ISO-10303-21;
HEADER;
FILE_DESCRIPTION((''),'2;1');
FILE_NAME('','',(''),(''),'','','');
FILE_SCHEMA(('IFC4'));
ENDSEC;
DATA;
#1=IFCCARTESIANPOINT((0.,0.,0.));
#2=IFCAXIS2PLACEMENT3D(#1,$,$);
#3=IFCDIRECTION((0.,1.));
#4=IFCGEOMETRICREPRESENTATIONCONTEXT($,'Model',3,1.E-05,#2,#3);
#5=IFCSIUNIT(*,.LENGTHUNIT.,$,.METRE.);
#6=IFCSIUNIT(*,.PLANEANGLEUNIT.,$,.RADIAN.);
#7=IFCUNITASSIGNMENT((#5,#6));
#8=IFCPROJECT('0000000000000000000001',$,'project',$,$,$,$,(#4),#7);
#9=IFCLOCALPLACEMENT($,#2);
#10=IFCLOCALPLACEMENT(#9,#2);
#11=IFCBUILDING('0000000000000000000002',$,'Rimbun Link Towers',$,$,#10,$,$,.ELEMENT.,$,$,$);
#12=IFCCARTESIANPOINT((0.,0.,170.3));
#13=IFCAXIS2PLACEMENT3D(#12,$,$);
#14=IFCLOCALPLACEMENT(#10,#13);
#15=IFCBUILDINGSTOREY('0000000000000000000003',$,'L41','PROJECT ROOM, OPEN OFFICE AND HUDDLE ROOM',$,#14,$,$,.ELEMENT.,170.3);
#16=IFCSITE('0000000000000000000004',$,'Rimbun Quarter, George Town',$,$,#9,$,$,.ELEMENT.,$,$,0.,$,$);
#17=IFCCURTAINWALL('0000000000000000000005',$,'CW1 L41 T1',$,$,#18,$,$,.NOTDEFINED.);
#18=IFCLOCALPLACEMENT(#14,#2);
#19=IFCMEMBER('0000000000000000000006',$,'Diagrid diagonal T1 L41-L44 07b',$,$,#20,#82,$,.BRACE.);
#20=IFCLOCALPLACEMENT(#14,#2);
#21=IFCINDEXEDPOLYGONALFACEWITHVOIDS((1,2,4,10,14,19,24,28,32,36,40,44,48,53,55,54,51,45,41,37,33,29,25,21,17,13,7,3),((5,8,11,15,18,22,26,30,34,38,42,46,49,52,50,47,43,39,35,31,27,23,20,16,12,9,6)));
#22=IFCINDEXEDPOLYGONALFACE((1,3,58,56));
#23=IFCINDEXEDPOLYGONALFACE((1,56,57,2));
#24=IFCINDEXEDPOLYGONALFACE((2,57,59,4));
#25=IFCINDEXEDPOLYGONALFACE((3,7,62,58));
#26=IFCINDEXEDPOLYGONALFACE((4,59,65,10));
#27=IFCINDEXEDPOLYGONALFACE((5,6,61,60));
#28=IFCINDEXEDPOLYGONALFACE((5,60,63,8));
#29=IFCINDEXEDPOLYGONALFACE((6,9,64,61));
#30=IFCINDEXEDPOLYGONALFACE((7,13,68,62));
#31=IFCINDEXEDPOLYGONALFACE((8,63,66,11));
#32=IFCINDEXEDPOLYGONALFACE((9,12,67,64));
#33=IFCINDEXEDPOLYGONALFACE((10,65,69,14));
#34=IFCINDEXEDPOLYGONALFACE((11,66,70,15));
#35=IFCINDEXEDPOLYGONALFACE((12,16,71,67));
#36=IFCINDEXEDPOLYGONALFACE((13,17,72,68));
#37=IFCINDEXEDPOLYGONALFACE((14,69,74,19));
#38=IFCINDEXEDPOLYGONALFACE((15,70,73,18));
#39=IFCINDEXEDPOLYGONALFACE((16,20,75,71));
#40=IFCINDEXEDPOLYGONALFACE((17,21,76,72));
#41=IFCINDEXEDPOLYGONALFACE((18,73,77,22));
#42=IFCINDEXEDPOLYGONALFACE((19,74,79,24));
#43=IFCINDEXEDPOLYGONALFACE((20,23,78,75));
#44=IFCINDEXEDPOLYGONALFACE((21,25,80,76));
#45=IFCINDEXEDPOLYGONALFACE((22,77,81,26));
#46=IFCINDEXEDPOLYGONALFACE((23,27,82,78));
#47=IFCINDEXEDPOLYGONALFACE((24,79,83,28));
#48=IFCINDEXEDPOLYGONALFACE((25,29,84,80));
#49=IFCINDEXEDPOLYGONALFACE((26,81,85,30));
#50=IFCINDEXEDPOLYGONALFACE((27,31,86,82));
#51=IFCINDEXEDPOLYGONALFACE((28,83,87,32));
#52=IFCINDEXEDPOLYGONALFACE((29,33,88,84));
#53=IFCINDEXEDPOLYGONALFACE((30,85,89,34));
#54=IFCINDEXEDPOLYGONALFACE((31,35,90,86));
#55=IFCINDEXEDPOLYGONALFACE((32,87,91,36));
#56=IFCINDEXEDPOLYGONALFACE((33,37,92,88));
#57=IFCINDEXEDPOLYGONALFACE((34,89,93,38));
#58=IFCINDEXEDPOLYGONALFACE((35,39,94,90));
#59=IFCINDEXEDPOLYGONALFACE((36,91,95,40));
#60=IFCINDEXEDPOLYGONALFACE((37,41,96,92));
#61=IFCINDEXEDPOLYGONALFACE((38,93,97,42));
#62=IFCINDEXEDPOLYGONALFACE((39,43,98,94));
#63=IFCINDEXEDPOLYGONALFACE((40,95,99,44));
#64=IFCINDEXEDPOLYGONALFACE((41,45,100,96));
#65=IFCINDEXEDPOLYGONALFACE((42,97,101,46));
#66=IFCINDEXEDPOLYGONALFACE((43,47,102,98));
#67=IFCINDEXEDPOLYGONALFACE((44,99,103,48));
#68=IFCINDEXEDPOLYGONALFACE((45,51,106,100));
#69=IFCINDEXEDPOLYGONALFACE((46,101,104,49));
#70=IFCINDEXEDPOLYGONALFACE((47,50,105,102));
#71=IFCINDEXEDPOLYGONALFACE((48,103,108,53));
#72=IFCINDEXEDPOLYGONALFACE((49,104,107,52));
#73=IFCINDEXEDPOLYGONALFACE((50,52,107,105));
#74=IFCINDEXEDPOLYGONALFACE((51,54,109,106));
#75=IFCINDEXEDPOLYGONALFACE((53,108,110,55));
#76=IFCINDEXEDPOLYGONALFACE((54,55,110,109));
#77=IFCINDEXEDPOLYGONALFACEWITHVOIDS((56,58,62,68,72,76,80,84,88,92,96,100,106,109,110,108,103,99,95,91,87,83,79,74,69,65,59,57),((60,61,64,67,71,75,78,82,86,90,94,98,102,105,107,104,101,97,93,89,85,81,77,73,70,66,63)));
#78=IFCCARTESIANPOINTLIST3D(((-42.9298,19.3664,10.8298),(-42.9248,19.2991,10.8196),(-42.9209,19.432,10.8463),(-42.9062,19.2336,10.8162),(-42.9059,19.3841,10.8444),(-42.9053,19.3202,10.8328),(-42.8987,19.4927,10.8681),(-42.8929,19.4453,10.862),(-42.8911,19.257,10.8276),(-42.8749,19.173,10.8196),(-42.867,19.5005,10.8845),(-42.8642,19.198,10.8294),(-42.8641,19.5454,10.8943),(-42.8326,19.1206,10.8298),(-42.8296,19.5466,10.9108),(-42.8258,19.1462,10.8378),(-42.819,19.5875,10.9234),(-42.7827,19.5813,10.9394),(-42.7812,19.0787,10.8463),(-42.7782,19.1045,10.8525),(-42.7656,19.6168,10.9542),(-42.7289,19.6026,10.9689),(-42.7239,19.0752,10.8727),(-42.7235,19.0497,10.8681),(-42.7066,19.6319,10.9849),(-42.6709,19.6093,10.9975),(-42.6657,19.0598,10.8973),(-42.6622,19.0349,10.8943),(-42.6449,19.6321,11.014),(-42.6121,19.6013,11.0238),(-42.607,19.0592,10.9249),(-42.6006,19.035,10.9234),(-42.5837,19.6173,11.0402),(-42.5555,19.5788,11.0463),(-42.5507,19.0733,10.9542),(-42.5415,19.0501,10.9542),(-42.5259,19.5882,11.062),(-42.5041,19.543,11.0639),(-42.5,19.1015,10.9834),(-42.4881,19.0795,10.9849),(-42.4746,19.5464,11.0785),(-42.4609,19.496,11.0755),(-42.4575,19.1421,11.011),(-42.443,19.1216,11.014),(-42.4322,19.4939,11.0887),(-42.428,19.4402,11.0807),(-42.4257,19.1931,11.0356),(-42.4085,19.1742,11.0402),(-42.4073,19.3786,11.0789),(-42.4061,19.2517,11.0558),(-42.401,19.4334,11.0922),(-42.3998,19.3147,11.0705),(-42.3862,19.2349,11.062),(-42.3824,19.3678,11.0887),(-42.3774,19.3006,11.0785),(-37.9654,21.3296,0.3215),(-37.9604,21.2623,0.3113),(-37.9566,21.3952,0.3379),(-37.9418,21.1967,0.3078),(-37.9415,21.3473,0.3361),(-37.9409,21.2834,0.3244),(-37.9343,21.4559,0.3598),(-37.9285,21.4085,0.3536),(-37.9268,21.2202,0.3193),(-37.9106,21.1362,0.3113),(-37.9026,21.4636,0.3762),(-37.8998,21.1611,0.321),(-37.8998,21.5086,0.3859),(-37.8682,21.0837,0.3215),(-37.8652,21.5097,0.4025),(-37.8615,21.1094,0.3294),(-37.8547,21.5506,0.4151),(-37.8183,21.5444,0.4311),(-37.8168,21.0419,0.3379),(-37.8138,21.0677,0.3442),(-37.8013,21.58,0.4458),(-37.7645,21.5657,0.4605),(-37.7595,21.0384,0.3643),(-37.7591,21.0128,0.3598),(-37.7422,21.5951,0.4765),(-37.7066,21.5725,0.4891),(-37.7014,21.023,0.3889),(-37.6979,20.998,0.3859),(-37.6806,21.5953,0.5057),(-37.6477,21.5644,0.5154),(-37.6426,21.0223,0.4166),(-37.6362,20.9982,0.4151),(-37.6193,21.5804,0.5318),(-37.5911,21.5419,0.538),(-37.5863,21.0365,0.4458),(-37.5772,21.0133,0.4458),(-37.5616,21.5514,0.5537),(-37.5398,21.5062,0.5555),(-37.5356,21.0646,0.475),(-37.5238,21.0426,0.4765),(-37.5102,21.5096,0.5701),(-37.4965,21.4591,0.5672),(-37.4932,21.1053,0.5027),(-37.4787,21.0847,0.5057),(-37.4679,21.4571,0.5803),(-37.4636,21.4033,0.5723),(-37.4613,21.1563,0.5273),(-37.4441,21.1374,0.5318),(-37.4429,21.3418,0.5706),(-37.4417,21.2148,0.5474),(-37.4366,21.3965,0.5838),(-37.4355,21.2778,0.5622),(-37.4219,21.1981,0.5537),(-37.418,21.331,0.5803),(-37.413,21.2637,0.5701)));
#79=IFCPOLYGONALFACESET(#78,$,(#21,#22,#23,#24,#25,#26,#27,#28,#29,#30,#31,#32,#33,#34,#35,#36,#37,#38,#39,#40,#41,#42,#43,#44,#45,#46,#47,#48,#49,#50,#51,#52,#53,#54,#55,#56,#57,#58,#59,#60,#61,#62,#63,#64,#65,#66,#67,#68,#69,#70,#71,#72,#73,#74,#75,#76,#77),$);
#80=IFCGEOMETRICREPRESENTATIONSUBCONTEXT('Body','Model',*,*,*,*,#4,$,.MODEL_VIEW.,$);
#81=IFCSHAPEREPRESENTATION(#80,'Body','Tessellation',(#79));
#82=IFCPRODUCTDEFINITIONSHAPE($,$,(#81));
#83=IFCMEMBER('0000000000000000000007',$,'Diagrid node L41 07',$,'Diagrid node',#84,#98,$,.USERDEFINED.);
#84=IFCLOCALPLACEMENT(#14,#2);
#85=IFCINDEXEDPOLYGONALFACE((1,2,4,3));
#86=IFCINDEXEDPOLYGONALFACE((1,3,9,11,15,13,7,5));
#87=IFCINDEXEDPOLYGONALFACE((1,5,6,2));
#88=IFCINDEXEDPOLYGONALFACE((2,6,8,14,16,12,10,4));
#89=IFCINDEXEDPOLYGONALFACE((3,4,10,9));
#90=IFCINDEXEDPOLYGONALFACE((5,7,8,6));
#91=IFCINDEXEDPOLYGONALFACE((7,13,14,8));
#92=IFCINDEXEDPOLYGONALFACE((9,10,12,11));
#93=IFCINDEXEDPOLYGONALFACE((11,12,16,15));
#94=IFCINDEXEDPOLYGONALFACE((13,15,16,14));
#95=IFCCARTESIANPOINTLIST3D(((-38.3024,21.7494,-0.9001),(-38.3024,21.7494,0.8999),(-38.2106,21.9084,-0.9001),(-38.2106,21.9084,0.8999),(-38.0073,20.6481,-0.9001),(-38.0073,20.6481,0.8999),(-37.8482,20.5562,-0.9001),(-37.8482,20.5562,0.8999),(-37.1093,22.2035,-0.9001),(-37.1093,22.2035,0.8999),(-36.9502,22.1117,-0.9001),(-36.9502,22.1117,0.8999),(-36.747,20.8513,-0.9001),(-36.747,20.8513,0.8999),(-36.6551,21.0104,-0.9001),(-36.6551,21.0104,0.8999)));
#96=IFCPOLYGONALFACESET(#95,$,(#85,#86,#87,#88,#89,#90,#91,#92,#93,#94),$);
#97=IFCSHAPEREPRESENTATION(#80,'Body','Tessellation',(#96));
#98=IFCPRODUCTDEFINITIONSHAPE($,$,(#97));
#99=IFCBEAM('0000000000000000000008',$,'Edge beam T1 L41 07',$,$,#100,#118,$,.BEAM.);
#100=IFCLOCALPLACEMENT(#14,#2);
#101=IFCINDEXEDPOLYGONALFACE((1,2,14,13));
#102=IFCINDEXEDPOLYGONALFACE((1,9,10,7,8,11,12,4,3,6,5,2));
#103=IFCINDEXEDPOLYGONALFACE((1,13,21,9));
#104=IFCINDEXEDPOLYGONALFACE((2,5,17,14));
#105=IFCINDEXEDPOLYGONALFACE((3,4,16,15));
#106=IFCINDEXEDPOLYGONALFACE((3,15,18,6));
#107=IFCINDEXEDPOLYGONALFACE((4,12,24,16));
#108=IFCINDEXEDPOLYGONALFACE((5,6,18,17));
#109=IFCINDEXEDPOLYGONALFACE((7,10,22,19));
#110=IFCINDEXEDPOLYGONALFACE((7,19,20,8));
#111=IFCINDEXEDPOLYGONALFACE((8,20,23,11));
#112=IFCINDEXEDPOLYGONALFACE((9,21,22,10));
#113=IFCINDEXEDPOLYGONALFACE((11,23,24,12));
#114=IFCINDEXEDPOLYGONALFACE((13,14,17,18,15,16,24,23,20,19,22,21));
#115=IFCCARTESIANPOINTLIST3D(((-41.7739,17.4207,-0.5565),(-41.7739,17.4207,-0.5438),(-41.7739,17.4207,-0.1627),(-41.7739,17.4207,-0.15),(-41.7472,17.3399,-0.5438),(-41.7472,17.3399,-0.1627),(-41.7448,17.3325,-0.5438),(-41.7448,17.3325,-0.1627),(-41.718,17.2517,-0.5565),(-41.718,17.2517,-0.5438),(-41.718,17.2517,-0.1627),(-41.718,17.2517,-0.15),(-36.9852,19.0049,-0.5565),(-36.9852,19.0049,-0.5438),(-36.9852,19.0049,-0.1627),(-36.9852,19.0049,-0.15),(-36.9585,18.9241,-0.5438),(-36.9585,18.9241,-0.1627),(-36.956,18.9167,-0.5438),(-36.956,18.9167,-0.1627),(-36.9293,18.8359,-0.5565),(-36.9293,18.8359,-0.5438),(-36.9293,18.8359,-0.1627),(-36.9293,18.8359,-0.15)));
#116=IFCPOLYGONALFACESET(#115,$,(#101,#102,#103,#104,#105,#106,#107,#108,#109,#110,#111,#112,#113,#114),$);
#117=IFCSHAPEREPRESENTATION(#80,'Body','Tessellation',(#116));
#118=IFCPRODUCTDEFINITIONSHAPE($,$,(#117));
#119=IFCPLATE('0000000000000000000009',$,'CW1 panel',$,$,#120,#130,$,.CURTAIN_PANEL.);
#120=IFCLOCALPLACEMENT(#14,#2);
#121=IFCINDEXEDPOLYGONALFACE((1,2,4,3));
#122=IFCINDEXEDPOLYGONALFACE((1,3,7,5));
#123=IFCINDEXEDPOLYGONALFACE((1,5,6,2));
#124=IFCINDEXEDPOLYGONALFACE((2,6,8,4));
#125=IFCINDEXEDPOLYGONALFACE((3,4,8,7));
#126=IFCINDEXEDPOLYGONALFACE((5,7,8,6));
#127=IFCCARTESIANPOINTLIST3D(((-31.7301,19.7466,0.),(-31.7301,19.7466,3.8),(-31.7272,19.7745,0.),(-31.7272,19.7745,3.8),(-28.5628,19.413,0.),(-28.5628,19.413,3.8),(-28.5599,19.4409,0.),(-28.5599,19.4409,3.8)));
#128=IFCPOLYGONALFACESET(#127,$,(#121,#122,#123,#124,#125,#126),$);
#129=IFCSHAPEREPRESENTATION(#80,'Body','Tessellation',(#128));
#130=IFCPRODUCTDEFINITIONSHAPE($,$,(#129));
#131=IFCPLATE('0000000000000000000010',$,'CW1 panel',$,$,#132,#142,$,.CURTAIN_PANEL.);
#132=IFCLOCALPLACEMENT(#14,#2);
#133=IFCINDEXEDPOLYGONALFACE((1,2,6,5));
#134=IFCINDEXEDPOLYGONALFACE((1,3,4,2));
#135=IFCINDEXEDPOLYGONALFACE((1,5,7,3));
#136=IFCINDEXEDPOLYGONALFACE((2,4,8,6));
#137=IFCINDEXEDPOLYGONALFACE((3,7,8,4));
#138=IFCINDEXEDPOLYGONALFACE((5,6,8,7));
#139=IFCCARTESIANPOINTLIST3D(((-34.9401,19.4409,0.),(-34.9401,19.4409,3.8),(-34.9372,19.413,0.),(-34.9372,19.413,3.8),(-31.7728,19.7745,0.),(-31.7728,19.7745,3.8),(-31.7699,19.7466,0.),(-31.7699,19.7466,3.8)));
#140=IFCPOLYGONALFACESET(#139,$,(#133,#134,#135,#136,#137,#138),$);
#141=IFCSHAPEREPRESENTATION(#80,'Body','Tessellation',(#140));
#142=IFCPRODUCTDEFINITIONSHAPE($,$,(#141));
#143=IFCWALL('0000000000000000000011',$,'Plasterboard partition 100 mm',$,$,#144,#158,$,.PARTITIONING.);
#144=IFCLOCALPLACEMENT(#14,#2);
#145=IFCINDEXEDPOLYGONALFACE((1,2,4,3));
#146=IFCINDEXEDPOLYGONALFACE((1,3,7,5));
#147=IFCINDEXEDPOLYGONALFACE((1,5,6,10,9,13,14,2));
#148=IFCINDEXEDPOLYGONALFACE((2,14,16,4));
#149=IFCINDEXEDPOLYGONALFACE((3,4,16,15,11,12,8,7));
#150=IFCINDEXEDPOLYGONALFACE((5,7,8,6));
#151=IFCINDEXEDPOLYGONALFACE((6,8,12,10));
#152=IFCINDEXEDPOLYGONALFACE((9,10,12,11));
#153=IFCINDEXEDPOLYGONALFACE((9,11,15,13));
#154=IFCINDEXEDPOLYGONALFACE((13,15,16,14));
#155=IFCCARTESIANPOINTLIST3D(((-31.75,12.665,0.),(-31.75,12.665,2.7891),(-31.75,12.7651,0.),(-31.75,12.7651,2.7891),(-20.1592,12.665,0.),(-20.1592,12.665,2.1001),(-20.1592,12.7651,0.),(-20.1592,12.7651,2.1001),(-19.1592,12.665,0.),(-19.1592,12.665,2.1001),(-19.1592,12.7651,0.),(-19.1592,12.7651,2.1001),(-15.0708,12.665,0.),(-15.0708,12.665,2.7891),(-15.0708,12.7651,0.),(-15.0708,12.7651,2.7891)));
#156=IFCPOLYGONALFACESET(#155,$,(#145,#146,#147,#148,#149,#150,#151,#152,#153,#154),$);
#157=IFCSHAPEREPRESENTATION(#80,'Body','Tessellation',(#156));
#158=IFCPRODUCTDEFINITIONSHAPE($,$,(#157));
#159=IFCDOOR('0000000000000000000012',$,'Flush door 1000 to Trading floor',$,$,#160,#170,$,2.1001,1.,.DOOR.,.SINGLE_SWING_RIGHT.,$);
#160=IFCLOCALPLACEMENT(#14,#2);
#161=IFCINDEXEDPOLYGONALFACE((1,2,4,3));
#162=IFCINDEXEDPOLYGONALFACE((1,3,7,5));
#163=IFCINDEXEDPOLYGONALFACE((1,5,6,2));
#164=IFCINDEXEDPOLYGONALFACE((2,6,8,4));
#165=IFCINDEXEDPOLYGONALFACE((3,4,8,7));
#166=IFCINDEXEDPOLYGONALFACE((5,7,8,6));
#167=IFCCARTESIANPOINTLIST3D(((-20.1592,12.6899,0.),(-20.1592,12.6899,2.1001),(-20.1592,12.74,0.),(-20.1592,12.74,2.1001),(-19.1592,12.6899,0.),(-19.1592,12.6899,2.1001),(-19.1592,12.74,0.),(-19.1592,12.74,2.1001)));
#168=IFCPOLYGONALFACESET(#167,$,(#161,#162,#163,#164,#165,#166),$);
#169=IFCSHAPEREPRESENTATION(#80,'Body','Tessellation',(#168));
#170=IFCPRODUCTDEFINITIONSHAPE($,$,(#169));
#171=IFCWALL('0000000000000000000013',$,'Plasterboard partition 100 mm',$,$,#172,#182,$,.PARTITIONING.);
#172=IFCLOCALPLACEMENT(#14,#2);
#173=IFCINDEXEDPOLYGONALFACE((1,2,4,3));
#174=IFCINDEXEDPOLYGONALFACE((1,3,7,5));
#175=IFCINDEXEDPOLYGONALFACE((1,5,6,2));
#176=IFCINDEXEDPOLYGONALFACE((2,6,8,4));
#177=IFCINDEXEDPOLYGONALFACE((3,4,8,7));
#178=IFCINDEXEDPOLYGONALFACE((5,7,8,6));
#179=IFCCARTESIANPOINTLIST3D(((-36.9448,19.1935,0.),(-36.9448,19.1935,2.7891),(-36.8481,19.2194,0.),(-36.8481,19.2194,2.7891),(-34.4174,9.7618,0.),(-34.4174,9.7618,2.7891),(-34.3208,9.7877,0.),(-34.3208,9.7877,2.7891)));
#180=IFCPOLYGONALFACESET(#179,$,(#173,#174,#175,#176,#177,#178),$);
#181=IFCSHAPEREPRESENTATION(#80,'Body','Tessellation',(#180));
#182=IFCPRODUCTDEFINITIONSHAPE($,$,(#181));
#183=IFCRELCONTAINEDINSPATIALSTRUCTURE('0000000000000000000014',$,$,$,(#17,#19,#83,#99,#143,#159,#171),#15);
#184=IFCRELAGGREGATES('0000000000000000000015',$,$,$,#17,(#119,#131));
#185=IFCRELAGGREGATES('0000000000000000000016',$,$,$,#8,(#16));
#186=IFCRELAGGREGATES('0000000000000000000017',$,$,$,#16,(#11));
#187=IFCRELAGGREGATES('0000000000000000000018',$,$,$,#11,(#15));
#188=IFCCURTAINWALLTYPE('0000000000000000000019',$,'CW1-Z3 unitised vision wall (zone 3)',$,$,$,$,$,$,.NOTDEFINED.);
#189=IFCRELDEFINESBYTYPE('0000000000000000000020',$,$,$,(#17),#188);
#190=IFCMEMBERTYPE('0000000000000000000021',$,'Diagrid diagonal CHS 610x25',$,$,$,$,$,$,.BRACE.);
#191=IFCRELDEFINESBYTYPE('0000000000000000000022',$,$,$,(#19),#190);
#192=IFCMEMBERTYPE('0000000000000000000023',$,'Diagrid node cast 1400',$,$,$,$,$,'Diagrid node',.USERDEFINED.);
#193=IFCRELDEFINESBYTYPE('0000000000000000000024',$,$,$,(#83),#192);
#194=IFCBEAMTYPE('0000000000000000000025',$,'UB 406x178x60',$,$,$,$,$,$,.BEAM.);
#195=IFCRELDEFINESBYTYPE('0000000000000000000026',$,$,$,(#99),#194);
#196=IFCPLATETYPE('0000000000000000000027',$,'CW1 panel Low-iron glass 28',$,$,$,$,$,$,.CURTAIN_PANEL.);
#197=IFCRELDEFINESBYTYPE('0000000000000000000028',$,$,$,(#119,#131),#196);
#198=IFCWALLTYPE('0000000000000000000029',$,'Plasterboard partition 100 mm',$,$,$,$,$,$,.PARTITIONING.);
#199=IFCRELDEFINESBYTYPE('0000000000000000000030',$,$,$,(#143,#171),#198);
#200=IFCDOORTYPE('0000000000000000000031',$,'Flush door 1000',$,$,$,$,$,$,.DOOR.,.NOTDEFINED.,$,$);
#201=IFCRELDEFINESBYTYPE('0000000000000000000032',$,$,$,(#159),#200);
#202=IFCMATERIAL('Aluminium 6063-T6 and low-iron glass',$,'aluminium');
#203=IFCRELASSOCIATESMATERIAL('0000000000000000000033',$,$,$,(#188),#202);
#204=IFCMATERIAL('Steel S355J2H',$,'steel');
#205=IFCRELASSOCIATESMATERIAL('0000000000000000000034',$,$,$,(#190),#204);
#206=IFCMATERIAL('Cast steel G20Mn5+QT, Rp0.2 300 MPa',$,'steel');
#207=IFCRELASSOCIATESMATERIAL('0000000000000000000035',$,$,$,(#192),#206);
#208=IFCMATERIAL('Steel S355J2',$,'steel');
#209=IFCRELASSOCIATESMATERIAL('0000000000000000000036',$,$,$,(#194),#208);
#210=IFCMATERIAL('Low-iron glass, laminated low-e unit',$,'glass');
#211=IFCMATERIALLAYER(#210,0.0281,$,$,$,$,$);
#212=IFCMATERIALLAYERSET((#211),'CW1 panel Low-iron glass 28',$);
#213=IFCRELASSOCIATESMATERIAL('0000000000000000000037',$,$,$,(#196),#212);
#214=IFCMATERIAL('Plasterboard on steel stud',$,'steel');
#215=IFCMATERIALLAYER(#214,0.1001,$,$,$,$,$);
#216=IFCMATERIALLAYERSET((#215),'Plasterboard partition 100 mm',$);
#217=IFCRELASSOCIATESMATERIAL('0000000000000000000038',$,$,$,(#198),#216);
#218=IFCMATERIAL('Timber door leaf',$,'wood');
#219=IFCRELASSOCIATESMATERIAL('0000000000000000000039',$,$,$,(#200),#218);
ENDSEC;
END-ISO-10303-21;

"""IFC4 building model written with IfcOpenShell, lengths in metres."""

from ifc_helpers import new_model, si_unit, direction, frame, frame_2d, origin, origin_2d, place, context, subcontext, project, spatial, polyline, rectangle, hollow_circle, i_section, outline, extrude, material, layer, layer_set, material_profile, profile_set, type_object, element, fill, aggregate, save


model = new_model("IFC4")

# Units and contexts
model_context = context("Model", 3, precision=1e-05, world=origin(), true_north=direction((0.0, 1.0)))
body_context = subcontext(model_context, "Body", "Model", "MODEL_VIEW")
ifc_project = project(units=[si_unit("LENGTHUNIT", "METRE"), si_unit("PLANEANGLEUNIT", "RADIAN")], contexts=[model_context])

# Site, building, storey
site_placement = place(None, origin())
site = spatial("IfcSite", under=ifc_project, at=site_placement, Name="Rimbun Quarter, George Town", CompositionType="ELEMENT", RefElevation=0.0)
building_placement = place(site_placement, origin())
building = spatial("IfcBuilding", under=site, at=building_placement, Name="Rimbun Link Towers", CompositionType="ELEMENT")
storey_placement = place(building_placement, frame((0.0, 0.0, 170.3)))
storey = spatial("IfcBuildingStorey", under=building, at=storey_placement, Name="L41", Description="PROJECT ROOM, OPEN OFFICE AND HUDDLE ROOM", CompositionType="ELEMENT", Elevation=170.3)

# Curtain wall
ifc_material_1 = material(Name="Aluminium 6063-T6 and low-iron glass", Category="aluminium")
curtain_wall_type = type_object("IfcCurtainWallType", Name="CW1-Z3 unitised vision wall (zone 3)", PredefinedType="NOTDEFINED", material=ifc_material_1)
curtain_wall_placement = place(storey_placement, origin())
curtain_wall = element("IfcCurtainWall", 1, at=curtain_wall_placement, inside=storey, type_object=curtain_wall_type, Name="CW1 L41 T1", PredefinedType="NOTDEFINED")

# Members
ifc_material_2 = material(Name="Steel S355J2H", Category="steel")
ifc_material_profile_1 = material_profile(ifc_material_2, hollow_circle(Radius=0.3047, WallThickness=0.0249, at=origin_2d()), Name="Diagrid diagonal CHS 610x25")
ifc_profile_set_1 = profile_set([ifc_material_profile_1], Name="Steel S355J2H")
member_type_1 = type_object("IfcMemberType", Name="Diagrid diagonal CHS 610x25", PredefinedType="BRACE", material=ifc_profile_set_1)
member_1_placement = place(storey_placement, frame((-37.6892, 21.2966, 0.4458), z_axis=(-0.421188, -0.166557, 0.891549), x_axis=(0.367737, -0.92993, 0.0)))
element("IfcMember", 2, at=member_1_placement, inside=storey, type_object=member_type_1, Name="Diagrid diagonal T1 L41-L44 07b", PredefinedType="BRACE", context=body_context, shape_type="SweptSolid", body=[
    extrude(hollow_circle(Radius=0.3047, WallThickness=0.0249, at=origin_2d()), origin(), (0.0, 0.0, 1.0), 11.7866),
])
ifc_material_3 = material(Name="Cast steel G20Mn5+QT, Rp0.2 300 MPa", Category="steel")
ifc_material_profile_2 = material_profile(ifc_material_3, outline(polyline([(0.7, -0.5701), (0.7, 0.5701), (0.5701, 0.7), (-0.5701, 0.7), (-0.7, 0.5701), (-0.7, -0.5701), (-0.5701, -0.7), (0.5701, -0.7), (0.7, -0.5701)])), Name="NODE 1400x1400")
ifc_profile_set_2 = profile_set([ifc_material_profile_2], Name="Cast steel G20Mn5+QT, Rp0.2 300 MPa")
member_type_2 = type_object("IfcMemberType", Name="Diagrid node cast 1400", ElementType="Diagrid node", PredefinedType="USERDEFINED", material=ifc_profile_set_2)
member_2_placement = place(storey_placement, frame((-37.4788, 21.3799, -0.9001), z_axis=(0.0, 0.0, 1.0), x_axis=(-0.258819, 0.965926, 0.0)))
element("IfcMember", 3, at=member_2_placement, inside=storey, type_object=member_type_2, Name="Diagrid node L41 07", ObjectType="Diagrid node", PredefinedType="USERDEFINED", context=body_context, shape_type="SweptSolid", body=[
    extrude(outline(polyline([(0.7, -0.5701), (0.7, 0.5701), (0.5701, 0.7), (-0.5701, 0.7), (-0.7, 0.5701), (-0.7, -0.5701), (-0.5701, -0.7), (0.5701, -0.7), (0.7, -0.5701)])), origin(), (0.0, 0.0, 1.0), 1.8),
])

# Beam
ifc_material_4 = material(Name="Steel S355J2", Category="steel")
ifc_material_profile_3 = material_profile(ifc_material_4, i_section(OverallWidth=0.178, OverallDepth=0.4065, WebThickness=0.0078, FlangeThickness=0.0127, at=origin_2d()), Name="UB 406x178x60")
ifc_profile_set_3 = profile_set([ifc_material_profile_3], Name="Steel S355J2")
beam_type = type_object("IfcBeamType", Name="UB 406x178x60", PredefinedType="BEAM", material=ifc_profile_set_3)
beam_placement = place(storey_placement, frame((-36.9573, 18.9204, -0.3533), z_axis=(-0.949397, -0.314078, 0.0), x_axis=(0.314078, -0.949397, 0.0)))
element("IfcBeam", 4, at=beam_placement, inside=storey, type_object=beam_type, Name="Edge beam T1 L41 07", PredefinedType="BEAM", context=body_context, shape_type="SweptSolid", body=[
    extrude(i_section(OverallWidth=0.178, OverallDepth=0.4065, WebThickness=0.0078, FlangeThickness=0.0127, at=origin_2d()), origin(), (0.0, 0.0, 1.0), 5.0439),
])

# Plates
ifc_material_5 = material(Name="Low-iron glass, laminated low-e unit", Category="glass")
ifc_layer_1 = layer(ifc_material_5, 0.0281)
ifc_layer_set_1 = layer_set([ifc_layer_1], Name="CW1 panel Low-iron glass 28")
plate_type = type_object("IfcPlateType", Name="CW1 panel Low-iron glass 28", PredefinedType="CURTAIN_PANEL", material=ifc_layer_set_1)
plate_1_placement = place(storey_placement, frame((-30.145, 19.5938, 0.0), z_axis=(0.0, 0.0, 1.0), x_axis=(0.9945, -0.104737, 0.0)))
plate_1 = element("IfcPlate", 5, at=plate_1_placement, type_object=plate_type, Name="CW1 panel", PredefinedType="CURTAIN_PANEL", context=body_context, shape_type="SweptSolid", body=[
    extrude(rectangle(XDim=3.1848, YDim=0.0281, at=origin_2d()), origin(), (0.0, 0.0, 1.0), 3.8),
])
plate_2_placement = place(storey_placement, frame((-33.355, 19.5938, 0.0), z_axis=(0.0, 0.0, 1.0), x_axis=(0.9945, 0.104737, 0.0)))
plate_2 = element("IfcPlate", 6, at=plate_2_placement, type_object=plate_type, Name="CW1 panel", PredefinedType="CURTAIN_PANEL", context=body_context, shape_type="SweptSolid", body=[
    extrude(rectangle(XDim=3.1848, YDim=0.0281, at=origin_2d()), origin(), (0.0, 0.0, 1.0), 3.8),
])
aggregate(curtain_wall, [plate_1, plate_2])

# Wall, opening, door
ifc_material_6 = material(Name="Plasterboard on steel stud", Category="steel")
ifc_layer_2 = layer(ifc_material_6, 0.1001)
ifc_layer_set_2 = layer_set([ifc_layer_2], Name="Plasterboard partition 100 mm")
wall_type_1 = type_object("IfcWallType", Name="Plasterboard partition 100 mm", PredefinedType="PARTITIONING", material=ifc_layer_set_2)
wall_1_placement = place(storey_placement, frame((-31.75, 12.7151, 0.0), z_axis=(0.0, 0.0, 1.0), x_axis=(1.0, 0.0, 0.0)))
wall_1 = element("IfcWall", 7, at=wall_1_placement, inside=storey, type_object=wall_type_1, Name="Plasterboard partition 100 mm", PredefinedType="PARTITIONING", context=body_context, shape_type="SweptSolid", body=[
    extrude(rectangle(XDim=16.6792, YDim=0.1001, at=frame_2d((8.3396, 0.0))), origin(), (0.0, 0.0, 1.0), 2.7891),
])
opening_placement = place(wall_1_placement, frame((11.5908, 0.0, 0.0)))
opening = element("IfcOpeningElement", 8, at=opening_placement, cuts=wall_1, PredefinedType="OPENING", context=body_context, shape_type="SweptSolid", body=[
    extrude(rectangle(XDim=1.0, YDim=2.1001, at=frame_2d((0.5, 1.05))), frame((0.0, 0.0601, 0.0), z_axis=(0.0, -1.0, 0.0), x_axis=(1.0, 0.0, 0.0)), (0.0, 0.0, 1.0), 0.1201),
])
ifc_material_7 = material(Name="Timber door leaf", Category="wood")
door_type = type_object("IfcDoorType", Name="Flush door 1000", OperationType="NOTDEFINED", PredefinedType="DOOR", material=ifc_material_7)
door_placement = place(opening_placement, origin())
door = element("IfcDoor", 9, at=door_placement, inside=storey, type_object=door_type, Name="Flush door 1000 to Trading floor", OperationType="SINGLE_SWING_RIGHT", OverallHeight=2.1001, OverallWidth=1.0, PredefinedType="DOOR", context=body_context, shape_type="SweptSolid", body=[
    extrude(rectangle(XDim=1.0, YDim=2.1001, at=frame_2d((0.5, 1.05))), frame((0.0, 0.0249, 0.0), z_axis=(0.0, -1.0, 0.0), x_axis=(1.0, 0.0, 0.0)), (0.0, 0.0, 1.0), 0.05),
])
fill(opening, door)

# Wall
wall_2_placement = place(storey_placement, frame((-36.8965, 19.2065, 0.0), z_axis=(0.0, 0.0, 1.0), x_axis=(0.258833, -0.965922, 0.0)))
element("IfcWall", 10, at=wall_2_placement, inside=storey, type_object=wall_type_1, Name="Plasterboard partition 100 mm", PredefinedType="PARTITIONING", context=body_context, shape_type="SweptSolid", body=[
    extrude(rectangle(XDim=9.7644, YDim=0.1001, at=frame_2d((4.8823, 0.0))), origin(), (0.0, 0.0, 1.0), 2.7891),
])

save(model, "model.ifc")
